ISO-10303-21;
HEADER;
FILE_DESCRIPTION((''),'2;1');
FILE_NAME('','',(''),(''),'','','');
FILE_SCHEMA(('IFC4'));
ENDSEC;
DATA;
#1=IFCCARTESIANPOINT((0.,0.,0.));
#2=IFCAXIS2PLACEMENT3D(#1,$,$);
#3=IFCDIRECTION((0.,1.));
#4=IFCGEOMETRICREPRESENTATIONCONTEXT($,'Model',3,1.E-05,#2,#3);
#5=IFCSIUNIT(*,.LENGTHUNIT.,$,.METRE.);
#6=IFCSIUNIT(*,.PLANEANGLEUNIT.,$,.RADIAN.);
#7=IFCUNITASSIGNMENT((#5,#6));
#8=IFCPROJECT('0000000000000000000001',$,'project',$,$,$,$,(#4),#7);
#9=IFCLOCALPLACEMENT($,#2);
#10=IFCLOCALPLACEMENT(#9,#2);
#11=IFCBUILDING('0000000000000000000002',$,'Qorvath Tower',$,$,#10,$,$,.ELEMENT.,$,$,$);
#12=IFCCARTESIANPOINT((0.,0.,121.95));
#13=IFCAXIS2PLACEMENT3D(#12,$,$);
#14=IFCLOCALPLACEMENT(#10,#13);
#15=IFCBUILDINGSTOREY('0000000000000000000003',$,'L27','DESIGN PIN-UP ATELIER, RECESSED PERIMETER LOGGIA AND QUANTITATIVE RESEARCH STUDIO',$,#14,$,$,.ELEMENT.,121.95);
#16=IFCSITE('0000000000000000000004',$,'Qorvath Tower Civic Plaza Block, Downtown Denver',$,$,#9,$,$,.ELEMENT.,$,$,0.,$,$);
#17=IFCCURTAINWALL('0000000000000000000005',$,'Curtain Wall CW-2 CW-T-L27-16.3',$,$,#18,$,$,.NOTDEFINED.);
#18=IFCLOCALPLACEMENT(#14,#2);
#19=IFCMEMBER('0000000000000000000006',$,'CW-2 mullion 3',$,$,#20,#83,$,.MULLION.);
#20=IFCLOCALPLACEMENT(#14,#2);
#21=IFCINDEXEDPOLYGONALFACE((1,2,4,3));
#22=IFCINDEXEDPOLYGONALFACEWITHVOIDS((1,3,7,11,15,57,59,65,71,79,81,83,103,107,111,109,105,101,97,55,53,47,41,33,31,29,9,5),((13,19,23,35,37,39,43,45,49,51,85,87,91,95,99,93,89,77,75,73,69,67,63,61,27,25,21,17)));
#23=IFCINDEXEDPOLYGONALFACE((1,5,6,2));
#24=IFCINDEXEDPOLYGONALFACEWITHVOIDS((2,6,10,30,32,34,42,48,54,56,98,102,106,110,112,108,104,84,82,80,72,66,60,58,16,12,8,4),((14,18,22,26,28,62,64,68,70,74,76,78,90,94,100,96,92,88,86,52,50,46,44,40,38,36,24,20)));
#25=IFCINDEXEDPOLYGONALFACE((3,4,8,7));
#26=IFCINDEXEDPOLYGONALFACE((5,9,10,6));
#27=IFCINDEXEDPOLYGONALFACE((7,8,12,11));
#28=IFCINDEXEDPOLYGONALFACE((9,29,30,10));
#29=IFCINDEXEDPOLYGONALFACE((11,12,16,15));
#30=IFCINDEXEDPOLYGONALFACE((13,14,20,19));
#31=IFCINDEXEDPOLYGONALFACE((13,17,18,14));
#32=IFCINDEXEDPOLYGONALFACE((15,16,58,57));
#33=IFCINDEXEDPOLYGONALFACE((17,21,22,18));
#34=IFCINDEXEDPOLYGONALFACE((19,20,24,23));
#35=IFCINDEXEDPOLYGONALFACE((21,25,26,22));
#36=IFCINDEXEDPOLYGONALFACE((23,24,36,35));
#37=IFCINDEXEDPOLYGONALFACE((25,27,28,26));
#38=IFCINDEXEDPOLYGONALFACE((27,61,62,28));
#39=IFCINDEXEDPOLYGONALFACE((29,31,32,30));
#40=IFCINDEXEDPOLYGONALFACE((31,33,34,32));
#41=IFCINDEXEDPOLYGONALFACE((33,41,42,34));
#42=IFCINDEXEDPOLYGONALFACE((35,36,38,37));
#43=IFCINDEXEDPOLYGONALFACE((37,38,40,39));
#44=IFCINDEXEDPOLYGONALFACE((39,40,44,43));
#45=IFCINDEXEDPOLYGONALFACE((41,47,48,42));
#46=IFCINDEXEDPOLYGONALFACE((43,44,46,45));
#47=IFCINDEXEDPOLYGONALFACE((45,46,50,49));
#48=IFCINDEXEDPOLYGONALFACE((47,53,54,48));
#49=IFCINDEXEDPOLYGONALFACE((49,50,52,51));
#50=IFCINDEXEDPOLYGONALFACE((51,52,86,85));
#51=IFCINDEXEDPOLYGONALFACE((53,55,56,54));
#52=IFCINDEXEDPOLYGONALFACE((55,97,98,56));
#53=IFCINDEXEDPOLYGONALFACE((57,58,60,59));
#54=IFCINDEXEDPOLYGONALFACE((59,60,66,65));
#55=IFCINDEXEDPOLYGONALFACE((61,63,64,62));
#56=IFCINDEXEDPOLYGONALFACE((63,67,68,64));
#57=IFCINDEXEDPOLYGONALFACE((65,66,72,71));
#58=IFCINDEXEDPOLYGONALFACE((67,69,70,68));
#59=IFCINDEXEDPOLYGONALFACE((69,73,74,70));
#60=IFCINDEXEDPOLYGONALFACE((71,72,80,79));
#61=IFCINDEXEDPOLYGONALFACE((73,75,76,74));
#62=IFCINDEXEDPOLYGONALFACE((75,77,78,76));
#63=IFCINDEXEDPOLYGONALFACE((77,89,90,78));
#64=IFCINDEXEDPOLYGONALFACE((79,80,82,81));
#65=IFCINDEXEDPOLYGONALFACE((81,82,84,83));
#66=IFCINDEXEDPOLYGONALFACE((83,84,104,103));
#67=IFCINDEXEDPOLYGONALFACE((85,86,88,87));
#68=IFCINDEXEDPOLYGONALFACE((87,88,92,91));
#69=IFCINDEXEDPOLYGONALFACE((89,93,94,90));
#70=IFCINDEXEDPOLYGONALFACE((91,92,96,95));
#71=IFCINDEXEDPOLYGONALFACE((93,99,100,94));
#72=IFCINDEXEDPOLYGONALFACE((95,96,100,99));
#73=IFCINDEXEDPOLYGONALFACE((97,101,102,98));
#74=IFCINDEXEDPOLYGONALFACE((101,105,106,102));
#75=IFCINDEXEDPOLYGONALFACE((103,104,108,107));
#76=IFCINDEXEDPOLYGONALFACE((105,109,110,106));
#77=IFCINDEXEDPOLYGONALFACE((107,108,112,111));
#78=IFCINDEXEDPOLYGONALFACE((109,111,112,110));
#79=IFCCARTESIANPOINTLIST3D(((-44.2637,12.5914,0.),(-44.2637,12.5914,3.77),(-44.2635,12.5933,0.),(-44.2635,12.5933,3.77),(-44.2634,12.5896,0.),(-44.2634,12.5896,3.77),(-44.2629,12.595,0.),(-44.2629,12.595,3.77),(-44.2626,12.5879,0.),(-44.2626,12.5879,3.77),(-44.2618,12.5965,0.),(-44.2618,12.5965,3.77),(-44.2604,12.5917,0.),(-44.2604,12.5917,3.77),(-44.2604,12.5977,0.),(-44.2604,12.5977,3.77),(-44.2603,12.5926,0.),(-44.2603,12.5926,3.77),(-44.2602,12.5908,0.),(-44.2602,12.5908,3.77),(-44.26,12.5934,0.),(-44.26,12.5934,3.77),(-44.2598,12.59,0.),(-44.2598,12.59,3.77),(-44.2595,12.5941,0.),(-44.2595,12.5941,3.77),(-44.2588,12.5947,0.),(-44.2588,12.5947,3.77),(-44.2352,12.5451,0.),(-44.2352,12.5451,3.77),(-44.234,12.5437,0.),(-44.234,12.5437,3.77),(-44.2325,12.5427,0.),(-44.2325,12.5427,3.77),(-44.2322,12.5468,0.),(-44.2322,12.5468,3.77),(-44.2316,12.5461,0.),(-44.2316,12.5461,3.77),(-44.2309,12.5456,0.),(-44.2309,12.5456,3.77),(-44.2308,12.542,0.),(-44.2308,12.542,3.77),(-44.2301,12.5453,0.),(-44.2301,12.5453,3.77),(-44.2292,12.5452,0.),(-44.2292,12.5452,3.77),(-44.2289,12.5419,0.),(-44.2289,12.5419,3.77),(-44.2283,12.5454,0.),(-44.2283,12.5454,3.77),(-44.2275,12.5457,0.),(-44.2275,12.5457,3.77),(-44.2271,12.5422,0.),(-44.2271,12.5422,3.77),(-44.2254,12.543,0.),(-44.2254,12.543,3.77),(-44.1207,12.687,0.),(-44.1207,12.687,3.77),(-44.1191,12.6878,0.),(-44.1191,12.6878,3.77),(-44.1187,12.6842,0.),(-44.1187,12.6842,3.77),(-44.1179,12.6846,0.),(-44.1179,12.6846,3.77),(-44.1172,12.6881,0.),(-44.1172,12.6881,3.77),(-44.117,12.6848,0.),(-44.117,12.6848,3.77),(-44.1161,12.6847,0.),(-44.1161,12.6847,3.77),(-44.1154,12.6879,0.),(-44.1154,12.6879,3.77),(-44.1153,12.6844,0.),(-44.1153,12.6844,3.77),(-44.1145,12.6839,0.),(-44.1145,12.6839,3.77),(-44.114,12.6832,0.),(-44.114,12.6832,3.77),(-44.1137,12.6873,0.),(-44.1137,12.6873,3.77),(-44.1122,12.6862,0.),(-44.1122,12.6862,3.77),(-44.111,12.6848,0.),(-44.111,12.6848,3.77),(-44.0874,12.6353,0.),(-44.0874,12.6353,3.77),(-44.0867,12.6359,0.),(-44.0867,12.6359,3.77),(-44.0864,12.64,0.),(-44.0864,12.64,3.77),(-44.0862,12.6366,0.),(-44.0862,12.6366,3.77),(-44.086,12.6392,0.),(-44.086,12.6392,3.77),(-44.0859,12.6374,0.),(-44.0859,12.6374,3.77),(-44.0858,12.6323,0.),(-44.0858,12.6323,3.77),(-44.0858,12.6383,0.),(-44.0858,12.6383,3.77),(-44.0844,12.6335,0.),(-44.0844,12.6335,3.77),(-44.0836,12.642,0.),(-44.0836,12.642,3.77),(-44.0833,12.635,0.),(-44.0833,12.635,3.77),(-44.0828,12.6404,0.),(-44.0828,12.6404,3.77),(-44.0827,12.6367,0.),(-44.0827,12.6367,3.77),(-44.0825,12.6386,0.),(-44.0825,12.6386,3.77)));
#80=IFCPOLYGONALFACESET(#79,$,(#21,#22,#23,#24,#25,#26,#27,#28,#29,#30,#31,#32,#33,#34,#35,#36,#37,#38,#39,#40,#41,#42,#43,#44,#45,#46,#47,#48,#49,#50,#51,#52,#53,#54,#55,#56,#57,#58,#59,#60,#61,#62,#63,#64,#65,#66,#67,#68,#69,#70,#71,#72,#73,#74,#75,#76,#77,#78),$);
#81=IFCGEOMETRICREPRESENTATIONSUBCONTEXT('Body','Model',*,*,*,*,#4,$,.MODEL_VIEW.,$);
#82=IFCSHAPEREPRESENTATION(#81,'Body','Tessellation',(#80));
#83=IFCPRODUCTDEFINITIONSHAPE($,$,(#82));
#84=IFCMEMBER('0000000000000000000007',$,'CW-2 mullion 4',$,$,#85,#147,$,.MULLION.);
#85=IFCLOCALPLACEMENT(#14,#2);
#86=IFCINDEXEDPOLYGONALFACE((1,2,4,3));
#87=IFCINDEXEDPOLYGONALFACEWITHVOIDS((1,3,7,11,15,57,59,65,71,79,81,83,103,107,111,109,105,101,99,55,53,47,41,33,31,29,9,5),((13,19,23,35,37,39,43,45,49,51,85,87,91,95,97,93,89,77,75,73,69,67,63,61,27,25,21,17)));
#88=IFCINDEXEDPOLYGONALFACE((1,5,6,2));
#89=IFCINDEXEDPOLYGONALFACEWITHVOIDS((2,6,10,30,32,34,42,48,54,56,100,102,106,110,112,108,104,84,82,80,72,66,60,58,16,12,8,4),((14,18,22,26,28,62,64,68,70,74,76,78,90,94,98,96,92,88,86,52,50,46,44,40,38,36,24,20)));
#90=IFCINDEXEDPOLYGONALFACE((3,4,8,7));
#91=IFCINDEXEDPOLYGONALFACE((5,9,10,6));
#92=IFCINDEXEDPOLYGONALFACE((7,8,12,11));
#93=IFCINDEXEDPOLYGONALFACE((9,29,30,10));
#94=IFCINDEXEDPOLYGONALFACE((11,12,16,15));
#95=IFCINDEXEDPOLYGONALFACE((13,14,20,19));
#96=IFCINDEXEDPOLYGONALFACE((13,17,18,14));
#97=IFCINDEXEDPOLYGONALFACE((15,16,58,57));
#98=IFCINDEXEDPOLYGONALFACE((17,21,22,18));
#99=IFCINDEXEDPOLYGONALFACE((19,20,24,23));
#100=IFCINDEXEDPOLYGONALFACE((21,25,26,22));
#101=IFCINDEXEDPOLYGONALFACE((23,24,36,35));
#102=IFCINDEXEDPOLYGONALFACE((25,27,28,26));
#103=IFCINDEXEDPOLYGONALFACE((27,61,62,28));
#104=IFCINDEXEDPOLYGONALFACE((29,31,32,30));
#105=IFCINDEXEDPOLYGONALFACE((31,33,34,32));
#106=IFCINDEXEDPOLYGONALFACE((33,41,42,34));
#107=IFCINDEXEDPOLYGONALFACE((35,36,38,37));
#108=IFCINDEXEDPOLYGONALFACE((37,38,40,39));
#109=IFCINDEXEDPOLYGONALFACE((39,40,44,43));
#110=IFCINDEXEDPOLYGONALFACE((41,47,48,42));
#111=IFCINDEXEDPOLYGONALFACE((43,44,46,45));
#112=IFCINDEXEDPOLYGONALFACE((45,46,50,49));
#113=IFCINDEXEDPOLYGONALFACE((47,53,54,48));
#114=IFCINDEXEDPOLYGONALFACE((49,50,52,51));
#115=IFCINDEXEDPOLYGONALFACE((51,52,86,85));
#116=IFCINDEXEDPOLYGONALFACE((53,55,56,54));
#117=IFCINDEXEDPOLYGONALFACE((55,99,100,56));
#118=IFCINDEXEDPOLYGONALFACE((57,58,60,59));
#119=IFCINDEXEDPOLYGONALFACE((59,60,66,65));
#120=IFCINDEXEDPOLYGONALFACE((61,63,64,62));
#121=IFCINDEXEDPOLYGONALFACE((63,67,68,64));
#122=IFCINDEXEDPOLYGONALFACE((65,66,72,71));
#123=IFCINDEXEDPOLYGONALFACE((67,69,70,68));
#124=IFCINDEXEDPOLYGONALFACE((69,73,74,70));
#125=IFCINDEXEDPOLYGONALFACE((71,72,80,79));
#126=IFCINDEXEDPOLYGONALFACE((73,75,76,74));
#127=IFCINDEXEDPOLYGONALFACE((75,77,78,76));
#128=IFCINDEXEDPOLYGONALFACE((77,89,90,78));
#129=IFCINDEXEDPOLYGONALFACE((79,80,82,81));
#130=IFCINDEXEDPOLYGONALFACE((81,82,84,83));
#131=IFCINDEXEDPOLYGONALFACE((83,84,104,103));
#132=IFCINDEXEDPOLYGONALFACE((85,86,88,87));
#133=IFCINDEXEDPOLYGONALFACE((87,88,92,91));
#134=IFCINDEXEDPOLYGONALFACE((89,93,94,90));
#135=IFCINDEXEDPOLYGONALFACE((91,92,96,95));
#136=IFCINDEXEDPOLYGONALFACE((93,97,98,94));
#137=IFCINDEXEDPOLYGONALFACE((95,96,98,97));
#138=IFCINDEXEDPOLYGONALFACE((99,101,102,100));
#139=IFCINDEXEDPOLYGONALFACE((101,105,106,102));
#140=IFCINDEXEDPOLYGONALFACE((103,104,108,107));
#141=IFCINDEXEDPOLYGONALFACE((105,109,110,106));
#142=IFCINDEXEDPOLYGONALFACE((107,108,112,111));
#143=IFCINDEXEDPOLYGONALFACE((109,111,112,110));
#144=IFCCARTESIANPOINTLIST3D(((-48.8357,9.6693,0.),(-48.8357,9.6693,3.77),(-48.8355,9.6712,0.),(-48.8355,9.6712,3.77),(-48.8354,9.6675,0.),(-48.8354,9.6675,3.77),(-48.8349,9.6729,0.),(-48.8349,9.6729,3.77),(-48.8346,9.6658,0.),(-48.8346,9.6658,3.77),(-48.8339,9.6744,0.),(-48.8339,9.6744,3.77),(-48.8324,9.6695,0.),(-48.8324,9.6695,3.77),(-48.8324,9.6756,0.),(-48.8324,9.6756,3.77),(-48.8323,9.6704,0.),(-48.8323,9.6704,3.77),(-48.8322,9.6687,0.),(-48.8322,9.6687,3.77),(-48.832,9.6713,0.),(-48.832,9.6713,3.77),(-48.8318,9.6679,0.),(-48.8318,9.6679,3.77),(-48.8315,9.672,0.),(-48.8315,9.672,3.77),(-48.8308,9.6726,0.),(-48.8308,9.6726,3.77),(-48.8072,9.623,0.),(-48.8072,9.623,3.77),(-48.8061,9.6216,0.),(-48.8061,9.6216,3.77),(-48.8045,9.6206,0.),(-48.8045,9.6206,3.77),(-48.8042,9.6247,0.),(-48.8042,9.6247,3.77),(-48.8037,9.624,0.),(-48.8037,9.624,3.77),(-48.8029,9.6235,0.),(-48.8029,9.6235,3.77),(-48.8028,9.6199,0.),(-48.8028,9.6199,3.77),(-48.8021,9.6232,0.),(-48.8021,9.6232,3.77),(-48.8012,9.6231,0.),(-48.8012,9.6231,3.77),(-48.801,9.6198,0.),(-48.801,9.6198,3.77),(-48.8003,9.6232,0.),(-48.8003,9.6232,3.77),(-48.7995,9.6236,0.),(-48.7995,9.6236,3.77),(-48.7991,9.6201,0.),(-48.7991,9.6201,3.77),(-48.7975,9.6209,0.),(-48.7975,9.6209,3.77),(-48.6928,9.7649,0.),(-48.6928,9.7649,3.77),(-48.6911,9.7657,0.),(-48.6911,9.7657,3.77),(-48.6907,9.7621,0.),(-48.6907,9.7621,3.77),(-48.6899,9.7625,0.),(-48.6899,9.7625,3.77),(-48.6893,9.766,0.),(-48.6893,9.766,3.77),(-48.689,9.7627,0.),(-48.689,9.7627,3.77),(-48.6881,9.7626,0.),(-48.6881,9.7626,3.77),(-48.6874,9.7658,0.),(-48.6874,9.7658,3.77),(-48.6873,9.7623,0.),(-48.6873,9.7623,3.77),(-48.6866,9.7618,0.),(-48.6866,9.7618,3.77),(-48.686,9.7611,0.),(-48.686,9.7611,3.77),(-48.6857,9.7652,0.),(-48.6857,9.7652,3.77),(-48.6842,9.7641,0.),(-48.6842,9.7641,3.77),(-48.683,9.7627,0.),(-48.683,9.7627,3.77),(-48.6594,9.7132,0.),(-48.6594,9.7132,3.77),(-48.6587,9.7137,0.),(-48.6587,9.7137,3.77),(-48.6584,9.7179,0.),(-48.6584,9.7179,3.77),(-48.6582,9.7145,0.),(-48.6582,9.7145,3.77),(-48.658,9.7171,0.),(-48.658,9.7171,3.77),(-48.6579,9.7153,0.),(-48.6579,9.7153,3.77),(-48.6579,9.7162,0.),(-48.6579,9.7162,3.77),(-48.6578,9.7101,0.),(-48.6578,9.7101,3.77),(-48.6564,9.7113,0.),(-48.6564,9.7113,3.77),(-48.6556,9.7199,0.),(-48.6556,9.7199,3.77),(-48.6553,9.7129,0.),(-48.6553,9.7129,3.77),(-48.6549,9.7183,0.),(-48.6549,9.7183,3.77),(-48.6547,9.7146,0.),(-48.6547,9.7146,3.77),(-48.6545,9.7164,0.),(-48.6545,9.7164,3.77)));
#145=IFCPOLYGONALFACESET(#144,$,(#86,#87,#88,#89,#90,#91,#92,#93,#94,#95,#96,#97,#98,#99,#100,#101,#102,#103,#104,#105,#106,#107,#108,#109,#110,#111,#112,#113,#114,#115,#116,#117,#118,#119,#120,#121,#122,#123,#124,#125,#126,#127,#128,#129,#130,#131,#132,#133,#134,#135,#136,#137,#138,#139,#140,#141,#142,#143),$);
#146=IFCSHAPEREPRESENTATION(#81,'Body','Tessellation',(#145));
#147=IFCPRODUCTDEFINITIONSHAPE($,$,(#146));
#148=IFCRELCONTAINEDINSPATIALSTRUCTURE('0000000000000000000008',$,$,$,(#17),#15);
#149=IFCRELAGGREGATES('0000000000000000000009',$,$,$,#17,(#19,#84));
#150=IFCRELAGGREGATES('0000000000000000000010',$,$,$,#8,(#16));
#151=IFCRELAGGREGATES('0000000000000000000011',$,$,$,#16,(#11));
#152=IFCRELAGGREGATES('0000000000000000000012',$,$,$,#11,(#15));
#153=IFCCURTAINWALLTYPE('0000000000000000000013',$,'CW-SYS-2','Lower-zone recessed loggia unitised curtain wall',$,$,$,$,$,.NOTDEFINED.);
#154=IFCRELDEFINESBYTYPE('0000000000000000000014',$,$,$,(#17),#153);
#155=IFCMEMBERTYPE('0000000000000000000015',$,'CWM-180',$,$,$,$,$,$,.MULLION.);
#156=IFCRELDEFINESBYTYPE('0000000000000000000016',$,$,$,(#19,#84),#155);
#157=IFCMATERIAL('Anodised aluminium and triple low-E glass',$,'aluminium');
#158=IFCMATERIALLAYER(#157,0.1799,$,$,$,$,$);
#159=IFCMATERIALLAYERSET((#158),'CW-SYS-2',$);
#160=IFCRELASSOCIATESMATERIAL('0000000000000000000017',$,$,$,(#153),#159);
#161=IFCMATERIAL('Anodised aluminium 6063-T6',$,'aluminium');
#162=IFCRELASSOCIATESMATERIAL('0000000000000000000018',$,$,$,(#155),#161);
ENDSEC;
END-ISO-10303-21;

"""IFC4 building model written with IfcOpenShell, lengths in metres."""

from ifc_helpers import new_model, si_unit, direction, frame, origin, origin_2d, place, context, subcontext, project, spatial, hollow_rectangle, extrude, material, layer, layer_set, material_profile, profile_set, type_object, element, aggregate, save


model = new_model("IFC4")

# Units and contexts
model_context = context("Model", 3, precision=1e-05, world=origin(), true_north=direction((0.0, 1.0)))
body_context = subcontext(model_context, "Body", "Model", "MODEL_VIEW")
ifc_project = project(units=[si_unit("LENGTHUNIT", "METRE"), si_unit("PLANEANGLEUNIT", "RADIAN")], contexts=[model_context])

# Site, building, storey
site_placement = place(None, origin())
site = spatial("IfcSite", under=ifc_project, at=site_placement, Name="Qorvath Tower Civic Plaza Block, Downtown Denver", CompositionType="ELEMENT", RefElevation=0.0)
building_placement = place(site_placement, origin())
building = spatial("IfcBuilding", under=site, at=building_placement, Name="Qorvath Tower", CompositionType="ELEMENT")
storey_placement = place(building_placement, frame((0.0, 0.0, 121.95)))
storey = spatial("IfcBuildingStorey", under=building, at=storey_placement, Name="L27", Description="DESIGN PIN-UP ATELIER, RECESSED PERIMETER LOGGIA AND QUANTITATIVE RESEARCH STUDIO", CompositionType="ELEMENT", Elevation=121.95)

# Curtain wall, members
ifc_material_1 = material(Name="Anodised aluminium and triple low-E glass", Category="aluminium")
ifc_layer_1 = layer(ifc_material_1, 0.1799)
ifc_layer_set_1 = layer_set([ifc_layer_1], Name="CW-SYS-2")
curtain_wall_type = type_object("IfcCurtainWallType", Name="CW-SYS-2", Description="Lower-zone recessed loggia unitised curtain wall", PredefinedType="NOTDEFINED", material=ifc_layer_set_1)
curtain_wall_placement = place(storey_placement, origin())
curtain_wall = element("IfcCurtainWall", 1, at=curtain_wall_placement, inside=storey, type_object=curtain_wall_type, Name="Curtain Wall CW-2 CW-T-L27-16.3", PredefinedType="NOTDEFINED")
ifc_material_2 = material(Name="Anodised aluminium 6063-T6", Category="aluminium")
ifc_material_profile_1 = material_profile(ifc_material_2, hollow_rectangle(XDim=0.0649, YDim=0.1799, WallThickness=0.0034, InnerFilletRadius=0.0034, OuterFilletRadius=0.0071, at=origin_2d()), Name="CWM 180x65")
ifc_profile_set_1 = profile_set([ifc_material_profile_1], Name="Anodised aluminium 6063-T6")
member_type_1 = type_object("IfcMemberType", Name="CWM-180", PredefinedType="MULLION", material=ifc_profile_set_1)
member_1_placement = place(storey_placement, frame((-44.1731, 12.615, 0.0), z_axis=(0.0, 0.0, 1.0), x_axis=(0.538534, -0.842604, 0.0)))
member_1 = element("IfcMember", 2, at=member_1_placement, type_object=member_type_1, Name="CW-2 mullion 3", PredefinedType="MULLION", context=body_context, shape_type="SweptSolid", body=[
    extrude(hollow_rectangle(XDim=0.0649, YDim=0.1799, WallThickness=0.0034, InnerFilletRadius=0.0034, OuterFilletRadius=0.0071, at=origin_2d()), origin(), (0.0, 0.0, 1.0), 3.77),
])
member_2_placement = place(storey_placement, frame((-48.7451, 9.6929, 0.0), z_axis=(0.0, 0.0, 1.0), x_axis=(0.538534, -0.842604, 0.0)))
member_2 = element("IfcMember", 3, at=member_2_placement, type_object=member_type_1, Name="CW-2 mullion 4", PredefinedType="MULLION", context=body_context, shape_type="SweptSolid", body=[
    extrude(hollow_rectangle(XDim=0.0649, YDim=0.1799, WallThickness=0.0034, InnerFilletRadius=0.0034, OuterFilletRadius=0.0071, at=origin_2d()), origin(), (0.0, 0.0, 1.0), 3.77),
])
aggregate(curtain_wall, [member_1, member_2])

save(model, "model.ifc")
